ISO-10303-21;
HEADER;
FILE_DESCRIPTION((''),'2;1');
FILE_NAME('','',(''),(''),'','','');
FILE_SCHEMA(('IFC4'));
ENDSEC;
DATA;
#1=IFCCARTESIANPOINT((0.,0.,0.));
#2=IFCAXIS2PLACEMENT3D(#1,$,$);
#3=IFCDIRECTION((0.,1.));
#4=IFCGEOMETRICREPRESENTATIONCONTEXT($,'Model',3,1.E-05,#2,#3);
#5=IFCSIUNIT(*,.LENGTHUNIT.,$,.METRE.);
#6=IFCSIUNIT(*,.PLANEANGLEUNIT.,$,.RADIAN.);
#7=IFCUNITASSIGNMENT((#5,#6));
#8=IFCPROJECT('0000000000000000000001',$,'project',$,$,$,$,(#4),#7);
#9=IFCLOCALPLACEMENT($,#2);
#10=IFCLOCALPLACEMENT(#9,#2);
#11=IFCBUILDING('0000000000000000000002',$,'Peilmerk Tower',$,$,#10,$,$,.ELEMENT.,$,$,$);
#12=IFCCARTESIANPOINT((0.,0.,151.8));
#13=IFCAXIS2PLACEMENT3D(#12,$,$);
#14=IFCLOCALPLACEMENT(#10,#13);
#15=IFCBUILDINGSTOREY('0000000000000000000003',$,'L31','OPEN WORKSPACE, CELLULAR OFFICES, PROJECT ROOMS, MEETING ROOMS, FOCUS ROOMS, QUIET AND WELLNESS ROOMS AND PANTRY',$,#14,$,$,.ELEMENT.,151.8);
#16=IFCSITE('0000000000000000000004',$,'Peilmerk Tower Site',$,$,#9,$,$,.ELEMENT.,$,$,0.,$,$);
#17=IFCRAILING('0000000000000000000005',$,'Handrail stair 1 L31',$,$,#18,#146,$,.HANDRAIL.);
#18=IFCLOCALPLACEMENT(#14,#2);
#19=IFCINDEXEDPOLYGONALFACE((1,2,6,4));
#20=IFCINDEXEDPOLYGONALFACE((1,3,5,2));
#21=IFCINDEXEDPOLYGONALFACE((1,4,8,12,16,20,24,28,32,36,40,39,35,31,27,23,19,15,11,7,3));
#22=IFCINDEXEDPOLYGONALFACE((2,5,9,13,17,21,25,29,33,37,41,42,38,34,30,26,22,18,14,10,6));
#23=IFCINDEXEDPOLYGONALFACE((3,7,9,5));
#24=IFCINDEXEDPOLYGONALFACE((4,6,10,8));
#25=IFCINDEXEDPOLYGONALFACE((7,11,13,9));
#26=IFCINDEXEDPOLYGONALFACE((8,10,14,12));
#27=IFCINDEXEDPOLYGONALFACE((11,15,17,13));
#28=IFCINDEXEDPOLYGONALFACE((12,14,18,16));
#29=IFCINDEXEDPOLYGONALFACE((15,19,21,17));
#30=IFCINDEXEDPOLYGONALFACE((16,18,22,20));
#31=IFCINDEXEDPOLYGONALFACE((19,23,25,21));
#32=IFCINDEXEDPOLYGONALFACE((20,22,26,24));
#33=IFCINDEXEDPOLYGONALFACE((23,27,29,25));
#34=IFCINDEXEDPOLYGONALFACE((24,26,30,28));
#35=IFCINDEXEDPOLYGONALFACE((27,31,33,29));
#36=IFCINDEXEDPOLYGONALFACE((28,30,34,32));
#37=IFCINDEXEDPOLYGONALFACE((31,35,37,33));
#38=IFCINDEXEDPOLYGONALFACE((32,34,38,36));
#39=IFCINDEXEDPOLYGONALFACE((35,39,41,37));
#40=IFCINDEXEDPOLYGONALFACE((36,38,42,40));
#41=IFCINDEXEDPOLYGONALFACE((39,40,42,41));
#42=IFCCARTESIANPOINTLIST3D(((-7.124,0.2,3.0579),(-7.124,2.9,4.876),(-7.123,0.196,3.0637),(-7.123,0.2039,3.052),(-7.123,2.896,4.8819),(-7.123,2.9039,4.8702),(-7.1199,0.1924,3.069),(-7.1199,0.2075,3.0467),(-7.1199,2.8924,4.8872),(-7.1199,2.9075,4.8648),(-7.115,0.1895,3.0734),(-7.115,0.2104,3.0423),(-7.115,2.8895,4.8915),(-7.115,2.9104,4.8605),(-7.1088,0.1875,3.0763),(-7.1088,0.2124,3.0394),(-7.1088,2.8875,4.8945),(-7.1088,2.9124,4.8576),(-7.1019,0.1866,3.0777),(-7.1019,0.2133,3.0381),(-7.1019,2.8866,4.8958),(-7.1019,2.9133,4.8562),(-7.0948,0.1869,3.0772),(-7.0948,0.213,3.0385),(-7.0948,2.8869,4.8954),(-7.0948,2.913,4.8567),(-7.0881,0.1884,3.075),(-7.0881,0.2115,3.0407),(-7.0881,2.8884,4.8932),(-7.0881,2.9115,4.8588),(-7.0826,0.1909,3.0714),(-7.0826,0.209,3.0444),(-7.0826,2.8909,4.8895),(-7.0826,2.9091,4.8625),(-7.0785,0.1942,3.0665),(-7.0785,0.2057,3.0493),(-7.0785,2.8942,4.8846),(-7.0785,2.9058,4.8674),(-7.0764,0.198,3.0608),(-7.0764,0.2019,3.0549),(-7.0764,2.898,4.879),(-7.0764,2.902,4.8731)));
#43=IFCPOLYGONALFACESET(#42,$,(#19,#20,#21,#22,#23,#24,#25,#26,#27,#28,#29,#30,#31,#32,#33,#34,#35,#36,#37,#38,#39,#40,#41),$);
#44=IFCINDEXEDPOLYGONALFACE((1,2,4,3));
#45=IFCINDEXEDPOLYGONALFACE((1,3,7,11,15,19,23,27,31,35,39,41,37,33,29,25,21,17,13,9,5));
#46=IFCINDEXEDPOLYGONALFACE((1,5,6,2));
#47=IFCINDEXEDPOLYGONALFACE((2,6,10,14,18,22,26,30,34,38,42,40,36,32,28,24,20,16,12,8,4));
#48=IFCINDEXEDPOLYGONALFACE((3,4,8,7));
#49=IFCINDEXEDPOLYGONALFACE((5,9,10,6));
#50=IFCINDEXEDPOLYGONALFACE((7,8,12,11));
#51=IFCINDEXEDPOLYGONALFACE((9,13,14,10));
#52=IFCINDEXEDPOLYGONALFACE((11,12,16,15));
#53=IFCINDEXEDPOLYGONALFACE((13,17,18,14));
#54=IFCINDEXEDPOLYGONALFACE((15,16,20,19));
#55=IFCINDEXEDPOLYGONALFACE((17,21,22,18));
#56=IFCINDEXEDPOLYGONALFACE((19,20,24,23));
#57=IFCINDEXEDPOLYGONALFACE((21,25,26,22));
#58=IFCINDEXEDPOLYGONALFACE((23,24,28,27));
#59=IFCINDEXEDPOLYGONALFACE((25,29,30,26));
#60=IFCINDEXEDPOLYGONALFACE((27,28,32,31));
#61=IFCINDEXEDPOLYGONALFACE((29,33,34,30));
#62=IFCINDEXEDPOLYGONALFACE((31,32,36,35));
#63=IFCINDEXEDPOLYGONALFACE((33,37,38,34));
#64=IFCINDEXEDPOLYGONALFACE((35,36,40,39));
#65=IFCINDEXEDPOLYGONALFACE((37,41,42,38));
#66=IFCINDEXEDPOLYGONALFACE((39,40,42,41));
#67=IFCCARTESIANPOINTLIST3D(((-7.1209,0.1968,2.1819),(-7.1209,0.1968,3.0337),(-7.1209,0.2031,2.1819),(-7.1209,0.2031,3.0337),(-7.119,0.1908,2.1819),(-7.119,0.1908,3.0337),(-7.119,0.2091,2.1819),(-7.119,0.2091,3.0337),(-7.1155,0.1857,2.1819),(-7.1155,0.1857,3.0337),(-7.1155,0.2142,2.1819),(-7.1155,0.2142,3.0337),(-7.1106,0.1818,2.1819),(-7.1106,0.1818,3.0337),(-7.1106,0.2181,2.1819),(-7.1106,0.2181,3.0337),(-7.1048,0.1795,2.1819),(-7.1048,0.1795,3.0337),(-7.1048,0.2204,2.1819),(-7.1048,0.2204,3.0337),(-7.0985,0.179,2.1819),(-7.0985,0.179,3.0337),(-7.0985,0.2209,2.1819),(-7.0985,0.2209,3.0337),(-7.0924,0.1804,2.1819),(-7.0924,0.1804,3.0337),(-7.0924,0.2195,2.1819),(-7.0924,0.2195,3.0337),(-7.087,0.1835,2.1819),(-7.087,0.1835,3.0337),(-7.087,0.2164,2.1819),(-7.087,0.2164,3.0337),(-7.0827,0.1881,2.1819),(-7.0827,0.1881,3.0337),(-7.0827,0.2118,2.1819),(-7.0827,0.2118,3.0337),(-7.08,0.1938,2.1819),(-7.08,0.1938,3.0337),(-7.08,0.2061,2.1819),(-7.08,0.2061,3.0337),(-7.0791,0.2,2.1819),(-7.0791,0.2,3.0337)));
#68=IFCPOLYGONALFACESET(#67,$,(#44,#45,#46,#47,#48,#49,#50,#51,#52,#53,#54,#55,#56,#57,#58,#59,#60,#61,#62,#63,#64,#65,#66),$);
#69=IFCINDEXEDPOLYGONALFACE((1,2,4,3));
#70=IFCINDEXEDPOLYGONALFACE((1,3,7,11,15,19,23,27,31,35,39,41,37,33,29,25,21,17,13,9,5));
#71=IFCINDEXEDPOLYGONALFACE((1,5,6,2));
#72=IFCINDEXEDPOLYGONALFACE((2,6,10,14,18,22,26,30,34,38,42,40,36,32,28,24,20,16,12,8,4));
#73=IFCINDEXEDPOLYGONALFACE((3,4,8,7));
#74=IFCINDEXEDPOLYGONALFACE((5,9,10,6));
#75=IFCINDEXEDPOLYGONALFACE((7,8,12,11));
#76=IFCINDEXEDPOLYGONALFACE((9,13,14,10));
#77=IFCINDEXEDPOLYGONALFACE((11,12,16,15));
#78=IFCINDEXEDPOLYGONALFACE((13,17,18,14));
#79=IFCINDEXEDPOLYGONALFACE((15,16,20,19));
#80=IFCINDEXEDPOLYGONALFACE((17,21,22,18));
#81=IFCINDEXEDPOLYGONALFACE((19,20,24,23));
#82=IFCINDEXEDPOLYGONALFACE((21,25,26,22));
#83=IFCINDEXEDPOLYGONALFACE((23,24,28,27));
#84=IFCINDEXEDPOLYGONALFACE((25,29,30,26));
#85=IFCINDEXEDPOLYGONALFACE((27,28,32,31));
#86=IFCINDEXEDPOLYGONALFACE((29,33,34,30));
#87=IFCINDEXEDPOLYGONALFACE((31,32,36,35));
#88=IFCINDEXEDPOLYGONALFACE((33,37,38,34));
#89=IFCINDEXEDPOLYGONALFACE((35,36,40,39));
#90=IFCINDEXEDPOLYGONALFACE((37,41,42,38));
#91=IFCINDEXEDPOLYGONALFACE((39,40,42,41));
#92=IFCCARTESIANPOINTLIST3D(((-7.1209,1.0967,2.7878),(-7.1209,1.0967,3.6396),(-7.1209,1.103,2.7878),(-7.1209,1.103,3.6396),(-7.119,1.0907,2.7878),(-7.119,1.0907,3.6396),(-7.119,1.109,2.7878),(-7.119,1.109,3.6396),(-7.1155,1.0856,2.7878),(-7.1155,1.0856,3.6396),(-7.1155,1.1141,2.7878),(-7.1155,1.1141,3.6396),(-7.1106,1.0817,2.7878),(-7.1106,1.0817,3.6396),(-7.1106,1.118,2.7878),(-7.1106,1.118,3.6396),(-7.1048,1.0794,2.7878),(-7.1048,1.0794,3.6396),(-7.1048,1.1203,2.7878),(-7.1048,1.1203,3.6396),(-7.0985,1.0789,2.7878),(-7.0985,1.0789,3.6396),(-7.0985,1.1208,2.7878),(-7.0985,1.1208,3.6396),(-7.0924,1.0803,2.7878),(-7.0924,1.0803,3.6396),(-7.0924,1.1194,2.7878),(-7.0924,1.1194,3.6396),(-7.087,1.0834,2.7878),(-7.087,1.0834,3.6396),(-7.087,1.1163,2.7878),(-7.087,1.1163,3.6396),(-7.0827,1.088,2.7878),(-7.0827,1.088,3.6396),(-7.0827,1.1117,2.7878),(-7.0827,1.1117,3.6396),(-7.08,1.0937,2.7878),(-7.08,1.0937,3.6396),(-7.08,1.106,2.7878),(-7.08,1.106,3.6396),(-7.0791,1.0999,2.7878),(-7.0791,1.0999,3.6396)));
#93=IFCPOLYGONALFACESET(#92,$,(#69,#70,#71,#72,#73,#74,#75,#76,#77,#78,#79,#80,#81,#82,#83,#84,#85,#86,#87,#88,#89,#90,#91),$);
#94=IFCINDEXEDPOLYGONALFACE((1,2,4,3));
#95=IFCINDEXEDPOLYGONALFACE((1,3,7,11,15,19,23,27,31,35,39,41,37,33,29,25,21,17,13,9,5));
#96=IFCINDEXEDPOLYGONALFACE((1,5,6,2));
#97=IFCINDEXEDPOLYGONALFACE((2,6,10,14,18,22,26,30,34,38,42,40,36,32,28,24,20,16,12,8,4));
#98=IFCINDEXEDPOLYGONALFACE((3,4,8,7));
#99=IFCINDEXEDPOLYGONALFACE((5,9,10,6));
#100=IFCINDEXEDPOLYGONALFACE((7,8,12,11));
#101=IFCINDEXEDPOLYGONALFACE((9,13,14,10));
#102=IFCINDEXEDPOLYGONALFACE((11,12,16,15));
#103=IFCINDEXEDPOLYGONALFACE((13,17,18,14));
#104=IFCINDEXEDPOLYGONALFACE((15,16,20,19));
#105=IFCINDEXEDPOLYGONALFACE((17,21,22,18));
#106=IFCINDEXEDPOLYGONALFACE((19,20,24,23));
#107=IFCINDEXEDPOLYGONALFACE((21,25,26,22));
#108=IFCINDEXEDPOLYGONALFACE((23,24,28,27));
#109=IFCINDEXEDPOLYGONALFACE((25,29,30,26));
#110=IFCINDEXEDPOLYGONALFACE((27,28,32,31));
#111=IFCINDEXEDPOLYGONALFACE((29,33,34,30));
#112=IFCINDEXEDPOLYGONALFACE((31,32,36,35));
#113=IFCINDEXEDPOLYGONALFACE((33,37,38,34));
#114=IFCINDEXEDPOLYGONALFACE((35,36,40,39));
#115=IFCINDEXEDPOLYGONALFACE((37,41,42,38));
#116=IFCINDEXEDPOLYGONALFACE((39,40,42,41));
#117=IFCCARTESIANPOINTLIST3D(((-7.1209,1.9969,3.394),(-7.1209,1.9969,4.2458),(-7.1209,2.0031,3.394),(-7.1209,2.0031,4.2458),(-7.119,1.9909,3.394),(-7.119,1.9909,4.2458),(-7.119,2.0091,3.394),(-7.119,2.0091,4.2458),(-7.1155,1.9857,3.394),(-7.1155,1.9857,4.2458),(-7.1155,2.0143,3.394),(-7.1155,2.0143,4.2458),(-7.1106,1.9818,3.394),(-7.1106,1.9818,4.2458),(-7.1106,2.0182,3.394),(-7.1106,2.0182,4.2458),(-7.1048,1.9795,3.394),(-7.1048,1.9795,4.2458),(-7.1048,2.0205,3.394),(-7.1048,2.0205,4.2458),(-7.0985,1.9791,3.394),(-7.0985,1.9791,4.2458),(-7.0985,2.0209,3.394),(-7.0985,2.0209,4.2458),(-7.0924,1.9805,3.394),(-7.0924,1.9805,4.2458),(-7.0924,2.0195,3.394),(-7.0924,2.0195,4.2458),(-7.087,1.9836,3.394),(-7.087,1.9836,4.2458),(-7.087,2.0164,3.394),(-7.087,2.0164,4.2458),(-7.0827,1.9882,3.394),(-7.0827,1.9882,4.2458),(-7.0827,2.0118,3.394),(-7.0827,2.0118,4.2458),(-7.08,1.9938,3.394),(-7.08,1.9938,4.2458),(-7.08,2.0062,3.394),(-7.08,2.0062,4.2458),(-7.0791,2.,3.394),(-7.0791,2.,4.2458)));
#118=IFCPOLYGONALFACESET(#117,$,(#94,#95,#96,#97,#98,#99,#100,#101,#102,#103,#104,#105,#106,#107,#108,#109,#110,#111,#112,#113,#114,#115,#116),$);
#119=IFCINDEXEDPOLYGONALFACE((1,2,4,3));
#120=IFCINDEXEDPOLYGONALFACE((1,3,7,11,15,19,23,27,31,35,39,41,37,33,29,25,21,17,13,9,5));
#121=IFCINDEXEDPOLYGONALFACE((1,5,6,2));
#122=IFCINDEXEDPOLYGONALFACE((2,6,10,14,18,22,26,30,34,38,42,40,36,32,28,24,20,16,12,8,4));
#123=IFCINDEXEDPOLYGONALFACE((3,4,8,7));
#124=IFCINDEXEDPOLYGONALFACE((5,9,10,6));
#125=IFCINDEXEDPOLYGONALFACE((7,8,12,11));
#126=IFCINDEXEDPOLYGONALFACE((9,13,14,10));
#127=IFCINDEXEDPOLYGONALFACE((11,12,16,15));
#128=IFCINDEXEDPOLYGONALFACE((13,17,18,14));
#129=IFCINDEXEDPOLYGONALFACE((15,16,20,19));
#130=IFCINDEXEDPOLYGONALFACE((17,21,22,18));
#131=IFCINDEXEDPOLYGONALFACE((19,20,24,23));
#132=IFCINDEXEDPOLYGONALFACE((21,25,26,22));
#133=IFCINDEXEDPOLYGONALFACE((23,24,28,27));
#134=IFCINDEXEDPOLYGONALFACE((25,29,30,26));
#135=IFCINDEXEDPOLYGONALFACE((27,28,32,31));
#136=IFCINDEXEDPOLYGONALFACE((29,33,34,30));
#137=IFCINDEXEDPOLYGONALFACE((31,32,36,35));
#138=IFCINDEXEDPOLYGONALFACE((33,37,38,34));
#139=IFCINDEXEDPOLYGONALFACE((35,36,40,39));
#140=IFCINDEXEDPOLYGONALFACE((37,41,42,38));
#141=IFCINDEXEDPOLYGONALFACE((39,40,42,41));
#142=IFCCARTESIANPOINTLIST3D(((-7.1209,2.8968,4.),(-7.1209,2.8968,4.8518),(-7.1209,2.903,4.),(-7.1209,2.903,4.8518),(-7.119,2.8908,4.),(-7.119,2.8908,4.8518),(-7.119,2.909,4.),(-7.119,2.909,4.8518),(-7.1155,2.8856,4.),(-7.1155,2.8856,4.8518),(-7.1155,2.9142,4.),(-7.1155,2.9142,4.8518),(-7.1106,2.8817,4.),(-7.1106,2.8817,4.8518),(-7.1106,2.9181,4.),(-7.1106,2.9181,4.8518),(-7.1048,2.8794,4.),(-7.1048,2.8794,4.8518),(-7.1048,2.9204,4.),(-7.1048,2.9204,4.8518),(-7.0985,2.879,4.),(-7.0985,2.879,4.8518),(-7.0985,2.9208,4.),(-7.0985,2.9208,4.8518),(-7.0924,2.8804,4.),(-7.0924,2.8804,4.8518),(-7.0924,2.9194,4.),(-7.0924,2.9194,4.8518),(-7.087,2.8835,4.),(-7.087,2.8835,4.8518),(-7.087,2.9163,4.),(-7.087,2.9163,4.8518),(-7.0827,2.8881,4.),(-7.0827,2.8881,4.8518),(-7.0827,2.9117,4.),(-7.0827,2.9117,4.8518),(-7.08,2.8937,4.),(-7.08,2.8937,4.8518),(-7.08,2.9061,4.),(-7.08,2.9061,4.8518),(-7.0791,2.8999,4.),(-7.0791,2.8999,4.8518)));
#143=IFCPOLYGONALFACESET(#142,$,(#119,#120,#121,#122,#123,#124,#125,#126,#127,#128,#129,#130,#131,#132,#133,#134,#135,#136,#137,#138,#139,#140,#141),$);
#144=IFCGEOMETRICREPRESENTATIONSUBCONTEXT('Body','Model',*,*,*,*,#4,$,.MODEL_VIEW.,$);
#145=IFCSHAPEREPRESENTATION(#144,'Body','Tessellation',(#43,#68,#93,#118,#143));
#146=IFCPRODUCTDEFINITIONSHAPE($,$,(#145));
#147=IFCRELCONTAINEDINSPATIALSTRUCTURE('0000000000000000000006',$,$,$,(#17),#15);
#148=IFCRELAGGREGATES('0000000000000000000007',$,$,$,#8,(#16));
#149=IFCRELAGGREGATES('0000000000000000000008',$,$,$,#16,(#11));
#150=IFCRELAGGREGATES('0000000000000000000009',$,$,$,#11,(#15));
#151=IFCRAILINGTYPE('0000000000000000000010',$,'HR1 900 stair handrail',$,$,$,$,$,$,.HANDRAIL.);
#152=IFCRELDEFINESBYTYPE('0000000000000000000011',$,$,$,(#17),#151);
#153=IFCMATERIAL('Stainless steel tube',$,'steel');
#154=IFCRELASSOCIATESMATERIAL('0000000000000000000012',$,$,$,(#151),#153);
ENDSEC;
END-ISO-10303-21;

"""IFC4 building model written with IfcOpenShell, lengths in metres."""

from ifc_helpers import new_model, si_unit, direction, frame, origin, origin_2d, place, context, subcontext, project, spatial, circle, extrude, material, type_object, element, save


model = new_model("IFC4")

# Units and contexts
model_context = context("Model", 3, precision=1e-05, world=origin(), true_north=direction((0.0, 1.0)))
body_context = subcontext(model_context, "Body", "Model", "MODEL_VIEW")
ifc_project = project(units=[si_unit("LENGTHUNIT", "METRE"), si_unit("PLANEANGLEUNIT", "RADIAN")], contexts=[model_context])

# Site, building, storey
site_placement = place(None, origin())
site = spatial("IfcSite", under=ifc_project, at=site_placement, Name="Peilmerk Tower Site", CompositionType="ELEMENT", RefElevation=0.0)
building_placement = place(site_placement, origin())
building = spatial("IfcBuilding", under=site, at=building_placement, Name="Peilmerk Tower", CompositionType="ELEMENT")
storey_placement = place(building_placement, frame((0.0, 0.0, 151.8)))
storey = spatial("IfcBuildingStorey", under=building, at=storey_placement, Name="L31", Description="OPEN WORKSPACE, CELLULAR OFFICES, PROJECT ROOMS, MEETING ROOMS, FOCUS ROOMS, QUIET AND WELLNESS ROOMS AND PANTRY", CompositionType="ELEMENT", Elevation=151.8)

# Railing
ifc_material_1 = material(Name="Stainless steel tube", Category="steel")
railing_type_1 = type_object("IfcRailingType", Name="HR1 900 stair handrail", PredefinedType="HANDRAIL", material=ifc_material_1)
railing_1_placement = place(storey_placement, frame((-7.1001, 0.2, 2.1819)))
element("IfcRailing", 1, at=railing_1_placement, inside=storey, type_object=railing_type_1, Name="Handrail stair 1 L31", PredefinedType="HANDRAIL", context=body_context, shape_type="SweptSolid", body=[
    extrude(circle(Radius=0.0239, at=origin_2d()), frame((0.0, 0.0, 0.876), z_axis=(0.0, 0.829468, 0.558554), x_axis=(-1.0, 0.0, 0.0)), (0.0, 0.0, 1.0), 3.2551),
    extrude(circle(Radius=0.021, at=origin_2d()), origin(), (0.0, 0.0, 1.0), 0.8518),
    extrude(circle(Radius=0.021, at=origin_2d()), frame((0.0, 0.8999, 0.606)), (0.0, 0.0, 1.0), 0.8518),
    extrude(circle(Radius=0.021, at=origin_2d()), frame((0.0, 1.8, 1.2122)), (0.0, 0.0, 1.0), 0.8518),
    extrude(circle(Radius=0.021, at=origin_2d()), frame((0.0, 2.7, 1.8181)), (0.0, 0.0, 1.0), 0.8518),
])

save(model, "model.ifc")
